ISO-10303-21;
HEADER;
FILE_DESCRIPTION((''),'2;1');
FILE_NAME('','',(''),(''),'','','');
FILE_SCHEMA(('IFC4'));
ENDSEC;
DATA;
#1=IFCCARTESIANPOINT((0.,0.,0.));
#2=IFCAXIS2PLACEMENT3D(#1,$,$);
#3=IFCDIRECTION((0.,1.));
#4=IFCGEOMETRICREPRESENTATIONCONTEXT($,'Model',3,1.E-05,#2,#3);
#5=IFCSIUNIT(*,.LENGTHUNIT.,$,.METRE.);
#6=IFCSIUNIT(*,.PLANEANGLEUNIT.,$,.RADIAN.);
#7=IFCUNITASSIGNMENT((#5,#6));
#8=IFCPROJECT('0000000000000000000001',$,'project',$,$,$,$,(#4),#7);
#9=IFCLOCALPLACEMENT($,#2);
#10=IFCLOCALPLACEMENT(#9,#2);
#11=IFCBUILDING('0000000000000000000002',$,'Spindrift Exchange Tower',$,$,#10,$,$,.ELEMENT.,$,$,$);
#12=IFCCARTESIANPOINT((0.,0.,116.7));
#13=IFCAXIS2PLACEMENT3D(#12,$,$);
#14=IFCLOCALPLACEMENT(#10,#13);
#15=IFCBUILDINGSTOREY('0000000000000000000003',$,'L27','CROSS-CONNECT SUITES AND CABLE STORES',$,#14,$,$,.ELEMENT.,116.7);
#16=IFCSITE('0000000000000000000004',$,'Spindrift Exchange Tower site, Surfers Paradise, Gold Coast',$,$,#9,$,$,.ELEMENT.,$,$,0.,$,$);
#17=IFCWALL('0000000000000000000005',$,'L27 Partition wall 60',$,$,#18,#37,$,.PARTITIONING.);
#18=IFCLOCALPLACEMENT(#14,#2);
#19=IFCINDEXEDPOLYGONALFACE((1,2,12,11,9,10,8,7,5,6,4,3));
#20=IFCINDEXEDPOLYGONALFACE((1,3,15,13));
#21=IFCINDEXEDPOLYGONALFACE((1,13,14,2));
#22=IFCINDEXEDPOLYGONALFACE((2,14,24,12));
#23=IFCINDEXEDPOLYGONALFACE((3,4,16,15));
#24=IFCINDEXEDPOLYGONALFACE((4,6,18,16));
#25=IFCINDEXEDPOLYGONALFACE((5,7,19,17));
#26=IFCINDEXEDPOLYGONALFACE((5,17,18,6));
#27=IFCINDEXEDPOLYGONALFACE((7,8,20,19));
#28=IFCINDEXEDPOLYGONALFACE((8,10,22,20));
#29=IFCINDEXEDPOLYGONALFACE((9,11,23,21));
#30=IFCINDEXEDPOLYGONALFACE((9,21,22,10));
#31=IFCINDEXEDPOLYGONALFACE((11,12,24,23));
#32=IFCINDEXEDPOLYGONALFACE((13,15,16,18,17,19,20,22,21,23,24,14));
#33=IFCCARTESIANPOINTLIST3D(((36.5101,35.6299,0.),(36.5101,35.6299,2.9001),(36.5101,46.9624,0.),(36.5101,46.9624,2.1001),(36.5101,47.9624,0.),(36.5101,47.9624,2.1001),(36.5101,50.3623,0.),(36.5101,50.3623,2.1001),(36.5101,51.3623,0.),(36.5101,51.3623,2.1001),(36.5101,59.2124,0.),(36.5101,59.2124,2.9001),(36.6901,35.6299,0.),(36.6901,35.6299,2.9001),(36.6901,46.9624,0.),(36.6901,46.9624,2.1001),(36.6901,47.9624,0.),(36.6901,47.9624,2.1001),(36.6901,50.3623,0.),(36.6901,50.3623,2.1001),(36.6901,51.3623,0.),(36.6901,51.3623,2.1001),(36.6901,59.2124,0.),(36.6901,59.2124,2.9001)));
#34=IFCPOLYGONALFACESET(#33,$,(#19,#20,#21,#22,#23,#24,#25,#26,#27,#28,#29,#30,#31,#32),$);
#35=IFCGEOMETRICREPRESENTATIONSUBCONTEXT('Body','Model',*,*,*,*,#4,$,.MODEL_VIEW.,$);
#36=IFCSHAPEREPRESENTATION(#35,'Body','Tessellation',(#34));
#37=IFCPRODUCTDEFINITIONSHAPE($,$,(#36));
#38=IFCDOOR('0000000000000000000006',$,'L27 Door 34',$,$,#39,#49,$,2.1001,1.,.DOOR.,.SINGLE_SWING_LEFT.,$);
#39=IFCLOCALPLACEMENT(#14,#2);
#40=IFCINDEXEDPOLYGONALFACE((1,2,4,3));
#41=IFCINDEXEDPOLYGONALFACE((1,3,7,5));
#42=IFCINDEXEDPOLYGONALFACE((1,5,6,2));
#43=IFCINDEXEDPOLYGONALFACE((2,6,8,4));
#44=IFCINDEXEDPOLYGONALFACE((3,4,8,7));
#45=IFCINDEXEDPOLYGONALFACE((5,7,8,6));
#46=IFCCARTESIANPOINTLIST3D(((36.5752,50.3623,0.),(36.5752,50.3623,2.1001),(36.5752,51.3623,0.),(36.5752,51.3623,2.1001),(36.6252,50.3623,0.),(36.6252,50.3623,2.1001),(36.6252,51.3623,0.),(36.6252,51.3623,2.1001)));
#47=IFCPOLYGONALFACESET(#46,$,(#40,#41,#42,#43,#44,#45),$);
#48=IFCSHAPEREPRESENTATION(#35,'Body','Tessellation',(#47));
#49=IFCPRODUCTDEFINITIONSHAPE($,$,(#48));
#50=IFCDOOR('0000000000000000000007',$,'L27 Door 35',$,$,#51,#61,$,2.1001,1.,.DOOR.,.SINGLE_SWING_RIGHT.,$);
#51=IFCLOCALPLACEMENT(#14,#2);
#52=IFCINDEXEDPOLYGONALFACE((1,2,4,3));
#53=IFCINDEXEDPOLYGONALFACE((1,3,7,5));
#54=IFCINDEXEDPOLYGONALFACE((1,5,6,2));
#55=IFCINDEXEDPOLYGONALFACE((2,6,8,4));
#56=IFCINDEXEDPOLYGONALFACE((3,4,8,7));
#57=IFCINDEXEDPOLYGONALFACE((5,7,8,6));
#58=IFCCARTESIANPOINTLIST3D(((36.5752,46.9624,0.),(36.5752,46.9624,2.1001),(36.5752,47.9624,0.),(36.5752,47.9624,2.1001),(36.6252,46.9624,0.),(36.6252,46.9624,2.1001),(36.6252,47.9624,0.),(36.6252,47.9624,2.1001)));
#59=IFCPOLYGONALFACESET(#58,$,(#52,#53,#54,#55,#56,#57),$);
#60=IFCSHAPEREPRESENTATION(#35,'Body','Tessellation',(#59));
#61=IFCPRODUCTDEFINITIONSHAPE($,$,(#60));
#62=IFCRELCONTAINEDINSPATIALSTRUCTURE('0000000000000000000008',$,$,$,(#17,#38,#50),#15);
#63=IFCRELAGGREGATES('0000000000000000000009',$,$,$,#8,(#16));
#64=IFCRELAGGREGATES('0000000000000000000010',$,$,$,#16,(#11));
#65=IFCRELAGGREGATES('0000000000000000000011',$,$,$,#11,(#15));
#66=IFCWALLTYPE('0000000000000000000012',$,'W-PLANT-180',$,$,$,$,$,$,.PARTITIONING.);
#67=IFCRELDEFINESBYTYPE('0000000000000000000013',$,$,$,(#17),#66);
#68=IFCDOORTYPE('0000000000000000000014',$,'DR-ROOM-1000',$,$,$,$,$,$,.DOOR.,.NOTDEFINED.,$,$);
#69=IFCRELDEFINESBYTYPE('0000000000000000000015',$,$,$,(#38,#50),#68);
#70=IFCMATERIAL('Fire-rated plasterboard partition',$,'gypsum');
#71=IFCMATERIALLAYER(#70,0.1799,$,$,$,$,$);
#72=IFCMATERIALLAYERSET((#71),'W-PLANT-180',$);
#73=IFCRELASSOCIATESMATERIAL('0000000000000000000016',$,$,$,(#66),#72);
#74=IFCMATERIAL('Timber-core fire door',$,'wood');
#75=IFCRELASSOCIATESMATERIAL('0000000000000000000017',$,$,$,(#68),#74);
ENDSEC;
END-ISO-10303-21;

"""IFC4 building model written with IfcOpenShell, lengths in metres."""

from ifc_helpers import new_model, si_unit, direction, frame, frame_2d, origin, place, context, subcontext, project, spatial, rectangle, extrude, source, transform, mapped, material, layer, layer_set, type_object, element, fill, save


model = new_model("IFC4")

# Units and contexts
model_context = context("Model", 3, precision=1e-05, world=origin(), true_north=direction((0.0, 1.0)))
body_context = subcontext(model_context, "Body", "Model", "MODEL_VIEW")
ifc_project = project(units=[si_unit("LENGTHUNIT", "METRE"), si_unit("PLANEANGLEUNIT", "RADIAN")], contexts=[model_context])

# Site, building, storey
site_placement = place(None, origin())
site = spatial("IfcSite", under=ifc_project, at=site_placement, Name="Spindrift Exchange Tower site, Surfers Paradise, Gold Coast", CompositionType="ELEMENT", RefElevation=0.0)
building_placement = place(site_placement, origin())
building = spatial("IfcBuilding", under=site, at=building_placement, Name="Spindrift Exchange Tower", CompositionType="ELEMENT")
storey_placement = place(building_placement, frame((0.0, 0.0, 116.7)))
storey = spatial("IfcBuildingStorey", under=building, at=storey_placement, Name="L27", Description="CROSS-CONNECT SUITES AND CABLE STORES", CompositionType="ELEMENT", Elevation=116.7)

# Wall, openings, doors
ifc_material_1 = material(Name="Fire-rated plasterboard partition", Category="gypsum")
ifc_layer_1 = layer(ifc_material_1, 0.1799)
ifc_layer_set_1 = layer_set([ifc_layer_1], Name="W-PLANT-180")
wall_type = type_object("IfcWallType", Name="W-PLANT-180", PredefinedType="PARTITIONING", material=ifc_layer_set_1)
wall_placement = place(storey_placement, frame((36.6001, 35.6299, 0.0), z_axis=(0.0, 0.0, 1.0), x_axis=(0.0, 1.0, 0.0)))
wall = element("IfcWall", 1, at=wall_placement, inside=storey, type_object=wall_type, Name="L27 Partition wall 60", PredefinedType="PARTITIONING", context=body_context, shape_type="SweptSolid", body=[
    extrude(rectangle(XDim=23.5825, YDim=0.1799, at=frame_2d((11.7913, 0.0))), origin(), (0.0, 0.0, 1.0), 2.9001),
])
opening_1_placement = place(wall_placement, frame((14.7324, 0.0, 0.0)))
opening_1 = element("IfcOpeningElement", 2, at=opening_1_placement, cuts=wall, PredefinedType="OPENING", context=body_context, shape_type="SweptSolid", body=[
    extrude(rectangle(XDim=1.0, YDim=2.1001, at=frame_2d((0.5, 1.05))), frame((0.0, 0.0999, 0.0), z_axis=(0.0, -1.0, 0.0), x_axis=(1.0, 0.0, 0.0)), (0.0, 0.0, 1.0), 0.2),
])
opening_2_placement = place(wall_placement, frame((11.3325, 0.0, 0.0)))
opening_2 = element("IfcOpeningElement", 3, at=opening_2_placement, cuts=wall, PredefinedType="OPENING", context=body_context, shape_type="SweptSolid", body=[
    extrude(rectangle(XDim=1.0, YDim=2.1001, at=frame_2d((0.5, 1.05))), frame((0.0, 0.0999, 0.0), z_axis=(0.0, -1.0, 0.0), x_axis=(1.0, 0.0, 0.0)), (0.0, 0.0, 1.0), 0.2),
])
ifc_material_2 = material(Name="Timber-core fire door", Category="wood")
door_type = type_object("IfcDoorType", Name="DR-ROOM-1000", OperationType="NOTDEFINED", PredefinedType="DOOR", material=ifc_material_2)
shared_shape_1 = source(origin(), body_context, "Body", "SweptSolid", [
    extrude(rectangle(XDim=1.0, YDim=2.1001, at=frame_2d((0.5, 1.05))), frame((0.0, 0.0249, 0.0), z_axis=(0.0, -1.0, 0.0), x_axis=(1.0, 0.0, 0.0)), (0.0, 0.0, 1.0), 0.05),
])
door_1_placement = place(opening_1_placement, origin())
door_1 = element("IfcDoor", 4, at=door_1_placement, inside=storey, type_object=door_type, Name="L27 Door 34", OperationType="SINGLE_SWING_LEFT", OverallHeight=2.1001, OverallWidth=1.0, PredefinedType="DOOR", context=body_context, shape_type="MappedRepresentation", body=[
    mapped(shared_shape_1, transform((0.0, 0.0, 0.0), scale=1.0)),
])
fill(opening_1, door_1)
door_2_placement = place(opening_2_placement, origin())
door_2 = element("IfcDoor", 5, at=door_2_placement, inside=storey, type_object=door_type, Name="L27 Door 35", OperationType="SINGLE_SWING_RIGHT", OverallHeight=2.1001, OverallWidth=1.0, PredefinedType="DOOR", context=body_context, shape_type="MappedRepresentation", body=[
    mapped(shared_shape_1, transform((0.0, 0.0, 0.0), scale=1.0)),
])
fill(opening_2, door_2)

save(model, "model.ifc")
